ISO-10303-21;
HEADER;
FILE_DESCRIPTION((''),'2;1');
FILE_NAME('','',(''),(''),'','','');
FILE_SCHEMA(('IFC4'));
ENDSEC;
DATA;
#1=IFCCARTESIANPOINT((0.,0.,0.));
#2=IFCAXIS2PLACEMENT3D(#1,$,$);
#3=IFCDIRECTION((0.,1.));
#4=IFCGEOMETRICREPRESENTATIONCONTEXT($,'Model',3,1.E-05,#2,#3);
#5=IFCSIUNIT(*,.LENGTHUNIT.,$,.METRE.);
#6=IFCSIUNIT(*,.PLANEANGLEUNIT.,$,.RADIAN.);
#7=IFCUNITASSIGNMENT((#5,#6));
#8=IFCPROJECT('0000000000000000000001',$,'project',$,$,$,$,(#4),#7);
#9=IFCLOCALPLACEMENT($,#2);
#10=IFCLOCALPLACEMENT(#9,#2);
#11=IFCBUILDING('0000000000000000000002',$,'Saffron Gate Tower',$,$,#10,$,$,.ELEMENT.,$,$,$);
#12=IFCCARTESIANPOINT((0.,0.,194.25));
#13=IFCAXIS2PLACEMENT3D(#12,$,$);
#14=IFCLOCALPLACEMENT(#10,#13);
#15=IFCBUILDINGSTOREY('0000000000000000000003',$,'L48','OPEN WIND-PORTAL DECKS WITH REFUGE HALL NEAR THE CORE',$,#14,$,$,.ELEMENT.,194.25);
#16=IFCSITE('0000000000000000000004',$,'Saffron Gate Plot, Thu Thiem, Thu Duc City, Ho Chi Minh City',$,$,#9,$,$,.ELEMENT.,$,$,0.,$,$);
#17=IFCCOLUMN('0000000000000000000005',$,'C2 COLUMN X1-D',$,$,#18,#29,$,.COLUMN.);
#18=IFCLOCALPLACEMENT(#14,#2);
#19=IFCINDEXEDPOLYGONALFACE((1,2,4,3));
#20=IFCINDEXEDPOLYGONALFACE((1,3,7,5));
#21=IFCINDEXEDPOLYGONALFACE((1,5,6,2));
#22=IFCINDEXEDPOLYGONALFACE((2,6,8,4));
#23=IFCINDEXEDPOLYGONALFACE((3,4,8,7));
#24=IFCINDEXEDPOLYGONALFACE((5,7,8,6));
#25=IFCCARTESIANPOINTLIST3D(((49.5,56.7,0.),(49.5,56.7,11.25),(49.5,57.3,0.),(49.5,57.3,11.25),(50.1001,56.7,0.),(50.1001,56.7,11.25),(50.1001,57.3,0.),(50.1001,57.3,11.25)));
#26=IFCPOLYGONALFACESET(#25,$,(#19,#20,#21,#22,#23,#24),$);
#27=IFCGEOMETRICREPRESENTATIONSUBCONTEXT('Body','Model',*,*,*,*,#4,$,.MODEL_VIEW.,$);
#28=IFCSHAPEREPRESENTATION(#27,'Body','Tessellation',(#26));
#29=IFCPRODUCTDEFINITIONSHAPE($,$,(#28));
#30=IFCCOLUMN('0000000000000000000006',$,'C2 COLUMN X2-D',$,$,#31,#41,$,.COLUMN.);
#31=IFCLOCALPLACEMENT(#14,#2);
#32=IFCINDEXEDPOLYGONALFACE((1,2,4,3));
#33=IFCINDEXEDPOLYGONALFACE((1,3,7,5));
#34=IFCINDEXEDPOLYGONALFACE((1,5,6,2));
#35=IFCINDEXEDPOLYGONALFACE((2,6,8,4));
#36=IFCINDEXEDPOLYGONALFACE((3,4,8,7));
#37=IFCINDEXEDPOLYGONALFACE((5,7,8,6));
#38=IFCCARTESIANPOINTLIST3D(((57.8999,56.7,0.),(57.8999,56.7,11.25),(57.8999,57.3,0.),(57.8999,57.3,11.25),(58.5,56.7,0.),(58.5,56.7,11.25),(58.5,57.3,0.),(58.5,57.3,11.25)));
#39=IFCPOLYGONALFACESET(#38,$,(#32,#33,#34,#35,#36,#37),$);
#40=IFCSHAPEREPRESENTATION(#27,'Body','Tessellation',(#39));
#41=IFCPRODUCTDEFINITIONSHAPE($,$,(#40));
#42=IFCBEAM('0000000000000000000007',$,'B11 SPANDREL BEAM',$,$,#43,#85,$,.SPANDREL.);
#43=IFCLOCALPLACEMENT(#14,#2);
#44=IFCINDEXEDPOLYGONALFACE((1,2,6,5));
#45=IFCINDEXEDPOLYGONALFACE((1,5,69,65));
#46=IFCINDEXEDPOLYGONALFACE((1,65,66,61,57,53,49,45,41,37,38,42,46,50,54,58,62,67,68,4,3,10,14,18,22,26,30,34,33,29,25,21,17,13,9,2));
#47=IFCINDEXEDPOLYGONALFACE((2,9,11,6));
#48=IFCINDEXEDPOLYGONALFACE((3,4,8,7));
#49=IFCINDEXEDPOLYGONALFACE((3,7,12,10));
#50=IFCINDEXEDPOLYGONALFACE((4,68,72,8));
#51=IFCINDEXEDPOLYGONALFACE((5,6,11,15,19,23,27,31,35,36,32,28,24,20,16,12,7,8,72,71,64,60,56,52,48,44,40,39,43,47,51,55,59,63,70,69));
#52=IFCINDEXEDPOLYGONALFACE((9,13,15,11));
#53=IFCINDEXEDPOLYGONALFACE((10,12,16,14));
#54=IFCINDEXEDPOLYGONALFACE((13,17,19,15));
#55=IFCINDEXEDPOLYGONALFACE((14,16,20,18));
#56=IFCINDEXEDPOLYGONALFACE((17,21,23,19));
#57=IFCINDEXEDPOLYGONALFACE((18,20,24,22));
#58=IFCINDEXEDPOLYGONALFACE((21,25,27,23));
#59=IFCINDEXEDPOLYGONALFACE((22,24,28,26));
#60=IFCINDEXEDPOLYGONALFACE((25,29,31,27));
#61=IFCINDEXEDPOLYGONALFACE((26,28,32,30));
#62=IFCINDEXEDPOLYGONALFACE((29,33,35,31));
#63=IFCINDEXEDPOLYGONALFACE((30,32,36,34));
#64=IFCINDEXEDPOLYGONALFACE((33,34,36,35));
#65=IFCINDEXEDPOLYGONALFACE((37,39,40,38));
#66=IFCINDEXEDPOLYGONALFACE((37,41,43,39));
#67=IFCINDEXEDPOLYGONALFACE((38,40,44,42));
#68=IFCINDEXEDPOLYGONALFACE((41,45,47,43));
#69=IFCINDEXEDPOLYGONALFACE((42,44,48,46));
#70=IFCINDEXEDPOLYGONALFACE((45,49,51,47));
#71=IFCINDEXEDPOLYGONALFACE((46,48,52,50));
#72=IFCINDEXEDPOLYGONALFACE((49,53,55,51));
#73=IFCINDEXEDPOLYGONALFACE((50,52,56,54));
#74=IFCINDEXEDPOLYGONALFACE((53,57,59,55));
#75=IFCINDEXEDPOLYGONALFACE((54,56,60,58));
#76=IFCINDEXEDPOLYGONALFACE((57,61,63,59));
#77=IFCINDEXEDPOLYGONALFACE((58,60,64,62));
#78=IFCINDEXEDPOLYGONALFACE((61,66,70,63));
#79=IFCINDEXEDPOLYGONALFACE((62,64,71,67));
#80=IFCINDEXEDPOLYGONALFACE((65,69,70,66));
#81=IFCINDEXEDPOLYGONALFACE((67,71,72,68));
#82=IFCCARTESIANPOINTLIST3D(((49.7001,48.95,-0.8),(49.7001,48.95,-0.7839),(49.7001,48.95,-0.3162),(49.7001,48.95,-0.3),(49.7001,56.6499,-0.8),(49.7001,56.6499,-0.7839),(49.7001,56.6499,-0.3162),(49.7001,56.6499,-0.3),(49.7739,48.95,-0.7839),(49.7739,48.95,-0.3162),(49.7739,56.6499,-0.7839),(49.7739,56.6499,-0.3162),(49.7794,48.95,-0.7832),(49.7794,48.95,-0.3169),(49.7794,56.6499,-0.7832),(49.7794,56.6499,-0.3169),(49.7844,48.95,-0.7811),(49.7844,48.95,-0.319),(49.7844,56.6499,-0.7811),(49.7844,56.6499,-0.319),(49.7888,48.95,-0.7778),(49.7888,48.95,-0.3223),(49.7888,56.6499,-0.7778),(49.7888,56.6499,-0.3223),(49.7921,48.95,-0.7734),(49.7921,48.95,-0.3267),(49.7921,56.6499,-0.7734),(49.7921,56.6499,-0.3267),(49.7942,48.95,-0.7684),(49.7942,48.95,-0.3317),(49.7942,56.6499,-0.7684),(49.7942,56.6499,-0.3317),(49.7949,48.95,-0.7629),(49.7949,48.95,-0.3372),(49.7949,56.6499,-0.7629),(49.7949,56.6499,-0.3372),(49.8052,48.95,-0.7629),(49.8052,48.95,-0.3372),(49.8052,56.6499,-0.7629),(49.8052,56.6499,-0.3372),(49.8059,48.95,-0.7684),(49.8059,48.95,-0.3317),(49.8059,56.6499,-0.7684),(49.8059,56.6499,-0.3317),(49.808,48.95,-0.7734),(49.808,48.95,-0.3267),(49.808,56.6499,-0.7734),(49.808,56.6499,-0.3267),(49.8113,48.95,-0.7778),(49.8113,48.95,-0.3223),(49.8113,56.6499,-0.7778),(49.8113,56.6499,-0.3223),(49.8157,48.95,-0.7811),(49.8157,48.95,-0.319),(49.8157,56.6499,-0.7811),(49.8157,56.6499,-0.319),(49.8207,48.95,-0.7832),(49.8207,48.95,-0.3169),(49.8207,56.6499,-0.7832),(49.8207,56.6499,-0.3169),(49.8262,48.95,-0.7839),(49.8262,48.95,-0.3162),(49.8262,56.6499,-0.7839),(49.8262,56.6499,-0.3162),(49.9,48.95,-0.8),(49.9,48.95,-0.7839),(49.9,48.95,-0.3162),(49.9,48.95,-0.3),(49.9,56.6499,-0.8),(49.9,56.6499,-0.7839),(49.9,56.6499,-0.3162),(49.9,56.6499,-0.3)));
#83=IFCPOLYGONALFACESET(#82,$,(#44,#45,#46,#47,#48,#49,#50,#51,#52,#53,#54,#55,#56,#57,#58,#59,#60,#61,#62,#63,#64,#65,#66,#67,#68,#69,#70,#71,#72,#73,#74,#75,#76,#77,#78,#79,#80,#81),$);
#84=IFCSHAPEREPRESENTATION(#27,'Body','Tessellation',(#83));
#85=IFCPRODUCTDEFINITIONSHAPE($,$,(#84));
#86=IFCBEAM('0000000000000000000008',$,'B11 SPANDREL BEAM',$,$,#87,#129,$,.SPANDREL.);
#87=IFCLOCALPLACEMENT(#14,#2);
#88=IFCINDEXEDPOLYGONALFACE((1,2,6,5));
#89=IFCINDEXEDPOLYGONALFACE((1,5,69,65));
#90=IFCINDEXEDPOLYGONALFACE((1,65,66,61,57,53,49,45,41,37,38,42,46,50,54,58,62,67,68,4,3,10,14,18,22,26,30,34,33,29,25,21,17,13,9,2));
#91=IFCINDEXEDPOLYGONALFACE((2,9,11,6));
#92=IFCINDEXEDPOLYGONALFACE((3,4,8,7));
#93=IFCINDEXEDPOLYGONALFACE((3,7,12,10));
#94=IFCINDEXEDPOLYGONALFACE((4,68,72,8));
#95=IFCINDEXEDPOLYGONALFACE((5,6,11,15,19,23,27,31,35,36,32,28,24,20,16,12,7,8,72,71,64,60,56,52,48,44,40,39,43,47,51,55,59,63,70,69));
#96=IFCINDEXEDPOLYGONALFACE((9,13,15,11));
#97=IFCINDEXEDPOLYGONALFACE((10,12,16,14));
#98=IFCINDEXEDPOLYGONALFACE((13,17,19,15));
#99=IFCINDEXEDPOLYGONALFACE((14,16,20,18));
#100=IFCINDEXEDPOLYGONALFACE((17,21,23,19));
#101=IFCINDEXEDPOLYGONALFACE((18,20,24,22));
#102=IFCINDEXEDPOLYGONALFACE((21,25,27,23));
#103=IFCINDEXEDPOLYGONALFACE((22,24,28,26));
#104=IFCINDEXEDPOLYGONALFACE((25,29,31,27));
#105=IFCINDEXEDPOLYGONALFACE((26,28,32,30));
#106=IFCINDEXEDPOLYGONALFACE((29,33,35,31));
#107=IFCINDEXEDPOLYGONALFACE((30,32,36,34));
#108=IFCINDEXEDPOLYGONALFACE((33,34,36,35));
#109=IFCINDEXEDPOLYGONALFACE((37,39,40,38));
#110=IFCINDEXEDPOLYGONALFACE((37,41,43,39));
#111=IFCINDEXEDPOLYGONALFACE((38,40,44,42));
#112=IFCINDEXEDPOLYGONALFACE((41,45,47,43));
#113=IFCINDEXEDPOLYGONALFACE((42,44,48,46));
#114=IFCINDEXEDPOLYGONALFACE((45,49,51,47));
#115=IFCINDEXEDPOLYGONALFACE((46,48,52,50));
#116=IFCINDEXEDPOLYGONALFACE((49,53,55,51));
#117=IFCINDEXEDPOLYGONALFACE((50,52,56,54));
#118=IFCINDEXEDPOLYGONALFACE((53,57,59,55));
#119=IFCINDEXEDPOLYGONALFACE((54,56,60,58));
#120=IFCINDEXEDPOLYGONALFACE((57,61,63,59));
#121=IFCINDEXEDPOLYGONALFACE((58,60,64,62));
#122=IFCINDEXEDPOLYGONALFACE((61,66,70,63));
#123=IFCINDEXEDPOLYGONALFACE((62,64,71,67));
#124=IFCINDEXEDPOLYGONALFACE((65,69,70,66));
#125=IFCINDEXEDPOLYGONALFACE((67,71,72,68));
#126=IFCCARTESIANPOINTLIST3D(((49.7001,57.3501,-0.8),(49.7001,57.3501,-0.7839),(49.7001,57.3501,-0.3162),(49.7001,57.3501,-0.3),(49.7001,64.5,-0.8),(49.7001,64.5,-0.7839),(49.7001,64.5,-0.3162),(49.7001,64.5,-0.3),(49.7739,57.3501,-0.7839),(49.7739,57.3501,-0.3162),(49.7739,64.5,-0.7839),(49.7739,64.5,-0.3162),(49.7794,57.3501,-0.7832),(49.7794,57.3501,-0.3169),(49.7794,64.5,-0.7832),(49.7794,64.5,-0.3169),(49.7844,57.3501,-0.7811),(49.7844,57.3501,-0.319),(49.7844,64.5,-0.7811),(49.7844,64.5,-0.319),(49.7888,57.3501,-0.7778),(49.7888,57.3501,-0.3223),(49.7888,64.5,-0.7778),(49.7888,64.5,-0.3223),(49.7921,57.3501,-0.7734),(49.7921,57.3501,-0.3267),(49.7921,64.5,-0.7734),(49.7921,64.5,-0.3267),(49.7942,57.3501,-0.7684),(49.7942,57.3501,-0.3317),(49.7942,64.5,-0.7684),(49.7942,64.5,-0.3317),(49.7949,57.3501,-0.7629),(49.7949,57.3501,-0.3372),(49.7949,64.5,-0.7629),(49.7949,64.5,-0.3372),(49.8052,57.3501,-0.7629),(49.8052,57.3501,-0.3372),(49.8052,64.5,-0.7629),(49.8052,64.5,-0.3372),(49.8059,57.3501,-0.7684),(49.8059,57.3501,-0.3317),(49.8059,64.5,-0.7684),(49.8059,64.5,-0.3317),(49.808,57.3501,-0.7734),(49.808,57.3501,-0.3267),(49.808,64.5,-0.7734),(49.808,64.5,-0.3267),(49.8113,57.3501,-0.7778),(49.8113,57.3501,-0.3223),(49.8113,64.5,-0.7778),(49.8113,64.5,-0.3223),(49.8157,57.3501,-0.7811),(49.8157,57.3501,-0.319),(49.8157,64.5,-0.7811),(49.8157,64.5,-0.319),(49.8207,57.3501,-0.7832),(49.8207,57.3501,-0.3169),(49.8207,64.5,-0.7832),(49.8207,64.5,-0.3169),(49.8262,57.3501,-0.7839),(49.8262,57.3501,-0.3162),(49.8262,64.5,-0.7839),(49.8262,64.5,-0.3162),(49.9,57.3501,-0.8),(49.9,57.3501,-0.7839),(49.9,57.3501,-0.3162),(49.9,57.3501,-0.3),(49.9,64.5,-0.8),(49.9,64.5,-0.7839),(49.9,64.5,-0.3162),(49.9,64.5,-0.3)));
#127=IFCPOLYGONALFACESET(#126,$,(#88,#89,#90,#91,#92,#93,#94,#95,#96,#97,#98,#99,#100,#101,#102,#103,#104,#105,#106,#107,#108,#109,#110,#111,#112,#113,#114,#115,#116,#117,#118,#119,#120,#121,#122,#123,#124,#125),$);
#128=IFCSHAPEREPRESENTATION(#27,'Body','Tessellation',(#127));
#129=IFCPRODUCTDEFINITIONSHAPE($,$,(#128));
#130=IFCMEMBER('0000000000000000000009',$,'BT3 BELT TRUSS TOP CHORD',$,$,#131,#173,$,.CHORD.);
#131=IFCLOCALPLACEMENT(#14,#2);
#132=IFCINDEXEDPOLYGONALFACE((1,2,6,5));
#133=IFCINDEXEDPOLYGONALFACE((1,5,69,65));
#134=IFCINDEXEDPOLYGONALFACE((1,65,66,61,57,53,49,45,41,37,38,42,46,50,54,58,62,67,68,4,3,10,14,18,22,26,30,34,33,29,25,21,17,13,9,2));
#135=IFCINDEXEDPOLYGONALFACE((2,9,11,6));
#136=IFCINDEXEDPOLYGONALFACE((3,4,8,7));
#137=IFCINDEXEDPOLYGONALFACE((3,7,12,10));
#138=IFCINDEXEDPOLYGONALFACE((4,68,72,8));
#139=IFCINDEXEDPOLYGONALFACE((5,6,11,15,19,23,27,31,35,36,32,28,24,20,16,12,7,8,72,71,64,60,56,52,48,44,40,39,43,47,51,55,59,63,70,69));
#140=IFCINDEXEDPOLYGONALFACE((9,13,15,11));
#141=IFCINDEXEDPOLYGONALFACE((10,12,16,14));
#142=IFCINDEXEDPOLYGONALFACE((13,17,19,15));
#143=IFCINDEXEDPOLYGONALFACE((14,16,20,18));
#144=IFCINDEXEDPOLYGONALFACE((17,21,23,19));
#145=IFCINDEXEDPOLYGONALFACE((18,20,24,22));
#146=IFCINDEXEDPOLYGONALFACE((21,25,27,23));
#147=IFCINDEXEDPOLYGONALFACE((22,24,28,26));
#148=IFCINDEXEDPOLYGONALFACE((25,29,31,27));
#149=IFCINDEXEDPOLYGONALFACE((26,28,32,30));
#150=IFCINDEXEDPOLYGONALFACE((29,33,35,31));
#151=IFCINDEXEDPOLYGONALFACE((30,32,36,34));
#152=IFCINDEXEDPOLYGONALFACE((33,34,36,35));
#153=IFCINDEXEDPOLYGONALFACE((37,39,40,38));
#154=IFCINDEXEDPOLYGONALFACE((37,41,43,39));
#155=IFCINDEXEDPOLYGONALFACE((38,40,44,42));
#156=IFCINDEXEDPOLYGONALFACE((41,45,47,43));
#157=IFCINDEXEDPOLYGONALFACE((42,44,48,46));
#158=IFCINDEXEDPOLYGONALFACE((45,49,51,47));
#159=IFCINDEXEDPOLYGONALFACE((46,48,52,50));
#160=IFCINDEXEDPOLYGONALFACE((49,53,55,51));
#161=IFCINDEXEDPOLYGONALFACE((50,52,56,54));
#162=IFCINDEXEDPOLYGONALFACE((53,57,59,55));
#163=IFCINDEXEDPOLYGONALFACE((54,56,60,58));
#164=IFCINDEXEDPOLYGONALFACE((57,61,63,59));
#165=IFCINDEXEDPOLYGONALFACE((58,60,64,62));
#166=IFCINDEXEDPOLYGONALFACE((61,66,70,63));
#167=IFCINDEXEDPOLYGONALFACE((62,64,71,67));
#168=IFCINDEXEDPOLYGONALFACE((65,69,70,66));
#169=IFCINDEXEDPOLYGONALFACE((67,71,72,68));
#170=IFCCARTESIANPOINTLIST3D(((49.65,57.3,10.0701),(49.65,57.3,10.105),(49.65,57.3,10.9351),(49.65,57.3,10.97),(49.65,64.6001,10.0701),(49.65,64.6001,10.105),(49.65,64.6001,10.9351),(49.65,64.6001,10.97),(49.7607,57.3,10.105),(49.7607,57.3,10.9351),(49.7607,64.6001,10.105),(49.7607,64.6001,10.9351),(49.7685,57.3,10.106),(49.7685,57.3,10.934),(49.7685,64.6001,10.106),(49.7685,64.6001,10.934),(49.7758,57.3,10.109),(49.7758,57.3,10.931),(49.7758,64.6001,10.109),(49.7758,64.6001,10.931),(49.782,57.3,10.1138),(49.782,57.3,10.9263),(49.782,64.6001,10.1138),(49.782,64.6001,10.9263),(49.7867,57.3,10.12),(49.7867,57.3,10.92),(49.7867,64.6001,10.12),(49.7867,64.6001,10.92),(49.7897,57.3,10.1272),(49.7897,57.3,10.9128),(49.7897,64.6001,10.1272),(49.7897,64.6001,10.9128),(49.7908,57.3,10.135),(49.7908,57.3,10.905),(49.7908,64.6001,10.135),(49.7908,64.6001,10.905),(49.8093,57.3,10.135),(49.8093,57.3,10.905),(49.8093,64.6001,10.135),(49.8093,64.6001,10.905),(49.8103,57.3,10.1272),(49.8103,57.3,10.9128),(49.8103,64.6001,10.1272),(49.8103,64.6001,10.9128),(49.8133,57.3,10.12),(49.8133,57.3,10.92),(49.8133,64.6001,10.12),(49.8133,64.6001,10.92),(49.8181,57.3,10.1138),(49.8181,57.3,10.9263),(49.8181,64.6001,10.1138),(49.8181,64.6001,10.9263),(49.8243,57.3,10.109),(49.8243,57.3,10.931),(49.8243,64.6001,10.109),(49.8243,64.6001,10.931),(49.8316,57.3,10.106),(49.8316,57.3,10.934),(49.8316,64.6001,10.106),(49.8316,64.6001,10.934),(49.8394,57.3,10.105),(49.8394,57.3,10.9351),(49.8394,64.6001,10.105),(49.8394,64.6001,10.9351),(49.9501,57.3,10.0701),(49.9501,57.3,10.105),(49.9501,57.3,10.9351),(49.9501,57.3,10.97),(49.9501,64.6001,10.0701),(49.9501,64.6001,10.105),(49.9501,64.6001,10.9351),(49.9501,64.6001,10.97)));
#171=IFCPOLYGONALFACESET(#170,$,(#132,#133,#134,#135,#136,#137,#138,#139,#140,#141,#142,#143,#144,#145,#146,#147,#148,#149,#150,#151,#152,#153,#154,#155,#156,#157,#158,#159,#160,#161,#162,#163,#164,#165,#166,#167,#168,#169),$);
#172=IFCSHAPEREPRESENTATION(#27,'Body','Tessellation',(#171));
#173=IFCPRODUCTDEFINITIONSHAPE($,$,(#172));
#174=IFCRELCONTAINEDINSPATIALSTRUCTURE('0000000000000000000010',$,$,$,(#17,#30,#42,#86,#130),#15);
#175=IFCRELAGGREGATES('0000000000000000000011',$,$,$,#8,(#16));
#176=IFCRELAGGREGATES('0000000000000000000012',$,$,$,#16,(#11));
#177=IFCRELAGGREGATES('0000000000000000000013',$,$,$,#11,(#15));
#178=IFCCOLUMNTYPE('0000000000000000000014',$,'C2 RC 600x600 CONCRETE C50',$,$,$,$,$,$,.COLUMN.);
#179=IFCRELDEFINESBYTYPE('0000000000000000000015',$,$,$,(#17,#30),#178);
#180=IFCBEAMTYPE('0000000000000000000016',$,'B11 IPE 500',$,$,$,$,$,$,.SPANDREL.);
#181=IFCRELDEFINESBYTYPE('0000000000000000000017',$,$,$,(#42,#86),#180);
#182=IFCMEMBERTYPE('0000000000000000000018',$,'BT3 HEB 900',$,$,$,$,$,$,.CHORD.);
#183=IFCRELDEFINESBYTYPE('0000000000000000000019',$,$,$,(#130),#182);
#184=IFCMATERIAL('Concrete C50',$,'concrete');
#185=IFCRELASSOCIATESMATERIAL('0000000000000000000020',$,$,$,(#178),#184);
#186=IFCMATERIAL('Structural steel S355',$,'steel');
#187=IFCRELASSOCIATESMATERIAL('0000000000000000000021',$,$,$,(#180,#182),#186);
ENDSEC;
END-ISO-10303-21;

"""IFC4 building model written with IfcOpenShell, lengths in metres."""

from ifc_helpers import new_model, si_unit, direction, frame, origin, origin_2d, place, context, subcontext, project, spatial, rectangle, i_section, extrude, material, material_profile, profile_set, type_object, element, save


model = new_model("IFC4")

# Units and contexts
model_context = context("Model", 3, precision=1e-05, world=origin(), true_north=direction((0.0, 1.0)))
body_context = subcontext(model_context, "Body", "Model", "MODEL_VIEW")
ifc_project = project(units=[si_unit("LENGTHUNIT", "METRE"), si_unit("PLANEANGLEUNIT", "RADIAN")], contexts=[model_context])

# Site, building, storey
site_placement = place(None, origin())
site = spatial("IfcSite", under=ifc_project, at=site_placement, Name="Saffron Gate Plot, Thu Thiem, Thu Duc City, Ho Chi Minh City", CompositionType="ELEMENT", RefElevation=0.0)
building_placement = place(site_placement, origin())
building = spatial("IfcBuilding", under=site, at=building_placement, Name="Saffron Gate Tower", CompositionType="ELEMENT")
storey_placement = place(building_placement, frame((0.0, 0.0, 194.25)))
storey = spatial("IfcBuildingStorey", under=building, at=storey_placement, Name="L48", Description="OPEN WIND-PORTAL DECKS WITH REFUGE HALL NEAR THE CORE", CompositionType="ELEMENT", Elevation=194.25)

# Columns
ifc_material_1 = material(Name="Concrete C50", Category="concrete")
ifc_material_profile_1 = material_profile(ifc_material_1, rectangle(XDim=0.6001, YDim=0.6001, at=origin_2d()))
ifc_profile_set_1 = profile_set([ifc_material_profile_1], Name="Concrete C50")
column_type = type_object("IfcColumnType", Name="C2 RC 600x600 CONCRETE C50", PredefinedType="COLUMN", material=ifc_profile_set_1)
for number, where, z_axis, x_axis, name in (
    (1, (49.8, 57.0, 0.0), (0.0, 0.0, 1.0), (1.0, 0.0, 0.0), "C2 COLUMN X1-D"),
    (2, (58.2, 57.0, 0.0), (0.0, 0.0, 1.0), (1.0, 0.0, 0.0), "C2 COLUMN X2-D"),
):
    element("IfcColumn", number, at=place(storey_placement, frame(where, z_axis=z_axis, x_axis=x_axis)), inside=storey, type_object=column_type, Name=name, PredefinedType="COLUMN", context=body_context, shape_type="SweptSolid", body=[
        extrude(rectangle(XDim=0.6001, YDim=0.6001, at=origin_2d()), origin(), (0.0, 0.0, 1.0), 11.25),
    ])

# Beams
ifc_material_2 = material(Name="Structural steel S355", Category="steel")
ifc_material_profile_2 = material_profile(ifc_material_2, i_section(OverallWidth=0.2, OverallDepth=0.5, WebThickness=0.0103, FlangeThickness=0.0161, FilletRadius=0.021, at=origin_2d()))
ifc_profile_set_2 = profile_set([ifc_material_profile_2], Name="Structural steel S355")
beam_type = type_object("IfcBeamType", Name="B11 IPE 500", PredefinedType="SPANDREL", material=ifc_profile_set_2)
beam_1_placement = place(storey_placement, frame((49.8, 48.95, -0.55), z_axis=(0.0, 1.0, 0.0), x_axis=(-1.0, 0.0, 0.0)))
element("IfcBeam", 3, at=beam_1_placement, inside=storey, type_object=beam_type, Name="B11 SPANDREL BEAM", PredefinedType="SPANDREL", context=body_context, shape_type="SweptSolid", body=[
    extrude(i_section(OverallWidth=0.2, OverallDepth=0.5, WebThickness=0.0103, FlangeThickness=0.0161, FilletRadius=0.021, at=origin_2d()), origin(), (0.0, 0.0, 1.0), 7.7),
])
beam_2_placement = place(storey_placement, frame((49.8, 57.3501, -0.55), z_axis=(0.0, 1.0, 0.0), x_axis=(-1.0, 0.0, 0.0)))
element("IfcBeam", 4, at=beam_2_placement, inside=storey, type_object=beam_type, Name="B11 SPANDREL BEAM", PredefinedType="SPANDREL", context=body_context, shape_type="SweptSolid", body=[
    extrude(i_section(OverallWidth=0.2, OverallDepth=0.5, WebThickness=0.0103, FlangeThickness=0.0161, FilletRadius=0.021, at=origin_2d()), origin(), (0.0, 0.0, 1.0), 7.1499),
])

# Member
ifc_material_profile_3 = material_profile(ifc_material_2, i_section(OverallWidth=0.3, OverallDepth=0.8999, WebThickness=0.0186, FlangeThickness=0.0349, FilletRadius=0.03, at=origin_2d()))
ifc_profile_set_3 = profile_set([ifc_material_profile_3], Name="Structural steel S355")
member_type_1 = type_object("IfcMemberType", Name="BT3 HEB 900", PredefinedType="CHORD", material=ifc_profile_set_3)
for number, where, z_axis, x_axis, name in (
    (5, (49.8, 57.3, 10.52), (0.0, 1.0, 0.0), (-1.0, 0.0, 0.0), "BT3 BELT TRUSS TOP CHORD"),
):
    element("IfcMember", number, at=place(storey_placement, frame(where, z_axis=z_axis, x_axis=x_axis)), inside=storey, type_object=member_type_1, Name=name, PredefinedType="CHORD", context=body_context, shape_type="SweptSolid", body=[
        extrude(i_section(OverallWidth=0.3, OverallDepth=0.8999, WebThickness=0.0186, FlangeThickness=0.0349, FilletRadius=0.03, at=origin_2d()), origin(), (0.0, 0.0, 1.0), 7.3),
    ])

save(model, "model.ifc")
